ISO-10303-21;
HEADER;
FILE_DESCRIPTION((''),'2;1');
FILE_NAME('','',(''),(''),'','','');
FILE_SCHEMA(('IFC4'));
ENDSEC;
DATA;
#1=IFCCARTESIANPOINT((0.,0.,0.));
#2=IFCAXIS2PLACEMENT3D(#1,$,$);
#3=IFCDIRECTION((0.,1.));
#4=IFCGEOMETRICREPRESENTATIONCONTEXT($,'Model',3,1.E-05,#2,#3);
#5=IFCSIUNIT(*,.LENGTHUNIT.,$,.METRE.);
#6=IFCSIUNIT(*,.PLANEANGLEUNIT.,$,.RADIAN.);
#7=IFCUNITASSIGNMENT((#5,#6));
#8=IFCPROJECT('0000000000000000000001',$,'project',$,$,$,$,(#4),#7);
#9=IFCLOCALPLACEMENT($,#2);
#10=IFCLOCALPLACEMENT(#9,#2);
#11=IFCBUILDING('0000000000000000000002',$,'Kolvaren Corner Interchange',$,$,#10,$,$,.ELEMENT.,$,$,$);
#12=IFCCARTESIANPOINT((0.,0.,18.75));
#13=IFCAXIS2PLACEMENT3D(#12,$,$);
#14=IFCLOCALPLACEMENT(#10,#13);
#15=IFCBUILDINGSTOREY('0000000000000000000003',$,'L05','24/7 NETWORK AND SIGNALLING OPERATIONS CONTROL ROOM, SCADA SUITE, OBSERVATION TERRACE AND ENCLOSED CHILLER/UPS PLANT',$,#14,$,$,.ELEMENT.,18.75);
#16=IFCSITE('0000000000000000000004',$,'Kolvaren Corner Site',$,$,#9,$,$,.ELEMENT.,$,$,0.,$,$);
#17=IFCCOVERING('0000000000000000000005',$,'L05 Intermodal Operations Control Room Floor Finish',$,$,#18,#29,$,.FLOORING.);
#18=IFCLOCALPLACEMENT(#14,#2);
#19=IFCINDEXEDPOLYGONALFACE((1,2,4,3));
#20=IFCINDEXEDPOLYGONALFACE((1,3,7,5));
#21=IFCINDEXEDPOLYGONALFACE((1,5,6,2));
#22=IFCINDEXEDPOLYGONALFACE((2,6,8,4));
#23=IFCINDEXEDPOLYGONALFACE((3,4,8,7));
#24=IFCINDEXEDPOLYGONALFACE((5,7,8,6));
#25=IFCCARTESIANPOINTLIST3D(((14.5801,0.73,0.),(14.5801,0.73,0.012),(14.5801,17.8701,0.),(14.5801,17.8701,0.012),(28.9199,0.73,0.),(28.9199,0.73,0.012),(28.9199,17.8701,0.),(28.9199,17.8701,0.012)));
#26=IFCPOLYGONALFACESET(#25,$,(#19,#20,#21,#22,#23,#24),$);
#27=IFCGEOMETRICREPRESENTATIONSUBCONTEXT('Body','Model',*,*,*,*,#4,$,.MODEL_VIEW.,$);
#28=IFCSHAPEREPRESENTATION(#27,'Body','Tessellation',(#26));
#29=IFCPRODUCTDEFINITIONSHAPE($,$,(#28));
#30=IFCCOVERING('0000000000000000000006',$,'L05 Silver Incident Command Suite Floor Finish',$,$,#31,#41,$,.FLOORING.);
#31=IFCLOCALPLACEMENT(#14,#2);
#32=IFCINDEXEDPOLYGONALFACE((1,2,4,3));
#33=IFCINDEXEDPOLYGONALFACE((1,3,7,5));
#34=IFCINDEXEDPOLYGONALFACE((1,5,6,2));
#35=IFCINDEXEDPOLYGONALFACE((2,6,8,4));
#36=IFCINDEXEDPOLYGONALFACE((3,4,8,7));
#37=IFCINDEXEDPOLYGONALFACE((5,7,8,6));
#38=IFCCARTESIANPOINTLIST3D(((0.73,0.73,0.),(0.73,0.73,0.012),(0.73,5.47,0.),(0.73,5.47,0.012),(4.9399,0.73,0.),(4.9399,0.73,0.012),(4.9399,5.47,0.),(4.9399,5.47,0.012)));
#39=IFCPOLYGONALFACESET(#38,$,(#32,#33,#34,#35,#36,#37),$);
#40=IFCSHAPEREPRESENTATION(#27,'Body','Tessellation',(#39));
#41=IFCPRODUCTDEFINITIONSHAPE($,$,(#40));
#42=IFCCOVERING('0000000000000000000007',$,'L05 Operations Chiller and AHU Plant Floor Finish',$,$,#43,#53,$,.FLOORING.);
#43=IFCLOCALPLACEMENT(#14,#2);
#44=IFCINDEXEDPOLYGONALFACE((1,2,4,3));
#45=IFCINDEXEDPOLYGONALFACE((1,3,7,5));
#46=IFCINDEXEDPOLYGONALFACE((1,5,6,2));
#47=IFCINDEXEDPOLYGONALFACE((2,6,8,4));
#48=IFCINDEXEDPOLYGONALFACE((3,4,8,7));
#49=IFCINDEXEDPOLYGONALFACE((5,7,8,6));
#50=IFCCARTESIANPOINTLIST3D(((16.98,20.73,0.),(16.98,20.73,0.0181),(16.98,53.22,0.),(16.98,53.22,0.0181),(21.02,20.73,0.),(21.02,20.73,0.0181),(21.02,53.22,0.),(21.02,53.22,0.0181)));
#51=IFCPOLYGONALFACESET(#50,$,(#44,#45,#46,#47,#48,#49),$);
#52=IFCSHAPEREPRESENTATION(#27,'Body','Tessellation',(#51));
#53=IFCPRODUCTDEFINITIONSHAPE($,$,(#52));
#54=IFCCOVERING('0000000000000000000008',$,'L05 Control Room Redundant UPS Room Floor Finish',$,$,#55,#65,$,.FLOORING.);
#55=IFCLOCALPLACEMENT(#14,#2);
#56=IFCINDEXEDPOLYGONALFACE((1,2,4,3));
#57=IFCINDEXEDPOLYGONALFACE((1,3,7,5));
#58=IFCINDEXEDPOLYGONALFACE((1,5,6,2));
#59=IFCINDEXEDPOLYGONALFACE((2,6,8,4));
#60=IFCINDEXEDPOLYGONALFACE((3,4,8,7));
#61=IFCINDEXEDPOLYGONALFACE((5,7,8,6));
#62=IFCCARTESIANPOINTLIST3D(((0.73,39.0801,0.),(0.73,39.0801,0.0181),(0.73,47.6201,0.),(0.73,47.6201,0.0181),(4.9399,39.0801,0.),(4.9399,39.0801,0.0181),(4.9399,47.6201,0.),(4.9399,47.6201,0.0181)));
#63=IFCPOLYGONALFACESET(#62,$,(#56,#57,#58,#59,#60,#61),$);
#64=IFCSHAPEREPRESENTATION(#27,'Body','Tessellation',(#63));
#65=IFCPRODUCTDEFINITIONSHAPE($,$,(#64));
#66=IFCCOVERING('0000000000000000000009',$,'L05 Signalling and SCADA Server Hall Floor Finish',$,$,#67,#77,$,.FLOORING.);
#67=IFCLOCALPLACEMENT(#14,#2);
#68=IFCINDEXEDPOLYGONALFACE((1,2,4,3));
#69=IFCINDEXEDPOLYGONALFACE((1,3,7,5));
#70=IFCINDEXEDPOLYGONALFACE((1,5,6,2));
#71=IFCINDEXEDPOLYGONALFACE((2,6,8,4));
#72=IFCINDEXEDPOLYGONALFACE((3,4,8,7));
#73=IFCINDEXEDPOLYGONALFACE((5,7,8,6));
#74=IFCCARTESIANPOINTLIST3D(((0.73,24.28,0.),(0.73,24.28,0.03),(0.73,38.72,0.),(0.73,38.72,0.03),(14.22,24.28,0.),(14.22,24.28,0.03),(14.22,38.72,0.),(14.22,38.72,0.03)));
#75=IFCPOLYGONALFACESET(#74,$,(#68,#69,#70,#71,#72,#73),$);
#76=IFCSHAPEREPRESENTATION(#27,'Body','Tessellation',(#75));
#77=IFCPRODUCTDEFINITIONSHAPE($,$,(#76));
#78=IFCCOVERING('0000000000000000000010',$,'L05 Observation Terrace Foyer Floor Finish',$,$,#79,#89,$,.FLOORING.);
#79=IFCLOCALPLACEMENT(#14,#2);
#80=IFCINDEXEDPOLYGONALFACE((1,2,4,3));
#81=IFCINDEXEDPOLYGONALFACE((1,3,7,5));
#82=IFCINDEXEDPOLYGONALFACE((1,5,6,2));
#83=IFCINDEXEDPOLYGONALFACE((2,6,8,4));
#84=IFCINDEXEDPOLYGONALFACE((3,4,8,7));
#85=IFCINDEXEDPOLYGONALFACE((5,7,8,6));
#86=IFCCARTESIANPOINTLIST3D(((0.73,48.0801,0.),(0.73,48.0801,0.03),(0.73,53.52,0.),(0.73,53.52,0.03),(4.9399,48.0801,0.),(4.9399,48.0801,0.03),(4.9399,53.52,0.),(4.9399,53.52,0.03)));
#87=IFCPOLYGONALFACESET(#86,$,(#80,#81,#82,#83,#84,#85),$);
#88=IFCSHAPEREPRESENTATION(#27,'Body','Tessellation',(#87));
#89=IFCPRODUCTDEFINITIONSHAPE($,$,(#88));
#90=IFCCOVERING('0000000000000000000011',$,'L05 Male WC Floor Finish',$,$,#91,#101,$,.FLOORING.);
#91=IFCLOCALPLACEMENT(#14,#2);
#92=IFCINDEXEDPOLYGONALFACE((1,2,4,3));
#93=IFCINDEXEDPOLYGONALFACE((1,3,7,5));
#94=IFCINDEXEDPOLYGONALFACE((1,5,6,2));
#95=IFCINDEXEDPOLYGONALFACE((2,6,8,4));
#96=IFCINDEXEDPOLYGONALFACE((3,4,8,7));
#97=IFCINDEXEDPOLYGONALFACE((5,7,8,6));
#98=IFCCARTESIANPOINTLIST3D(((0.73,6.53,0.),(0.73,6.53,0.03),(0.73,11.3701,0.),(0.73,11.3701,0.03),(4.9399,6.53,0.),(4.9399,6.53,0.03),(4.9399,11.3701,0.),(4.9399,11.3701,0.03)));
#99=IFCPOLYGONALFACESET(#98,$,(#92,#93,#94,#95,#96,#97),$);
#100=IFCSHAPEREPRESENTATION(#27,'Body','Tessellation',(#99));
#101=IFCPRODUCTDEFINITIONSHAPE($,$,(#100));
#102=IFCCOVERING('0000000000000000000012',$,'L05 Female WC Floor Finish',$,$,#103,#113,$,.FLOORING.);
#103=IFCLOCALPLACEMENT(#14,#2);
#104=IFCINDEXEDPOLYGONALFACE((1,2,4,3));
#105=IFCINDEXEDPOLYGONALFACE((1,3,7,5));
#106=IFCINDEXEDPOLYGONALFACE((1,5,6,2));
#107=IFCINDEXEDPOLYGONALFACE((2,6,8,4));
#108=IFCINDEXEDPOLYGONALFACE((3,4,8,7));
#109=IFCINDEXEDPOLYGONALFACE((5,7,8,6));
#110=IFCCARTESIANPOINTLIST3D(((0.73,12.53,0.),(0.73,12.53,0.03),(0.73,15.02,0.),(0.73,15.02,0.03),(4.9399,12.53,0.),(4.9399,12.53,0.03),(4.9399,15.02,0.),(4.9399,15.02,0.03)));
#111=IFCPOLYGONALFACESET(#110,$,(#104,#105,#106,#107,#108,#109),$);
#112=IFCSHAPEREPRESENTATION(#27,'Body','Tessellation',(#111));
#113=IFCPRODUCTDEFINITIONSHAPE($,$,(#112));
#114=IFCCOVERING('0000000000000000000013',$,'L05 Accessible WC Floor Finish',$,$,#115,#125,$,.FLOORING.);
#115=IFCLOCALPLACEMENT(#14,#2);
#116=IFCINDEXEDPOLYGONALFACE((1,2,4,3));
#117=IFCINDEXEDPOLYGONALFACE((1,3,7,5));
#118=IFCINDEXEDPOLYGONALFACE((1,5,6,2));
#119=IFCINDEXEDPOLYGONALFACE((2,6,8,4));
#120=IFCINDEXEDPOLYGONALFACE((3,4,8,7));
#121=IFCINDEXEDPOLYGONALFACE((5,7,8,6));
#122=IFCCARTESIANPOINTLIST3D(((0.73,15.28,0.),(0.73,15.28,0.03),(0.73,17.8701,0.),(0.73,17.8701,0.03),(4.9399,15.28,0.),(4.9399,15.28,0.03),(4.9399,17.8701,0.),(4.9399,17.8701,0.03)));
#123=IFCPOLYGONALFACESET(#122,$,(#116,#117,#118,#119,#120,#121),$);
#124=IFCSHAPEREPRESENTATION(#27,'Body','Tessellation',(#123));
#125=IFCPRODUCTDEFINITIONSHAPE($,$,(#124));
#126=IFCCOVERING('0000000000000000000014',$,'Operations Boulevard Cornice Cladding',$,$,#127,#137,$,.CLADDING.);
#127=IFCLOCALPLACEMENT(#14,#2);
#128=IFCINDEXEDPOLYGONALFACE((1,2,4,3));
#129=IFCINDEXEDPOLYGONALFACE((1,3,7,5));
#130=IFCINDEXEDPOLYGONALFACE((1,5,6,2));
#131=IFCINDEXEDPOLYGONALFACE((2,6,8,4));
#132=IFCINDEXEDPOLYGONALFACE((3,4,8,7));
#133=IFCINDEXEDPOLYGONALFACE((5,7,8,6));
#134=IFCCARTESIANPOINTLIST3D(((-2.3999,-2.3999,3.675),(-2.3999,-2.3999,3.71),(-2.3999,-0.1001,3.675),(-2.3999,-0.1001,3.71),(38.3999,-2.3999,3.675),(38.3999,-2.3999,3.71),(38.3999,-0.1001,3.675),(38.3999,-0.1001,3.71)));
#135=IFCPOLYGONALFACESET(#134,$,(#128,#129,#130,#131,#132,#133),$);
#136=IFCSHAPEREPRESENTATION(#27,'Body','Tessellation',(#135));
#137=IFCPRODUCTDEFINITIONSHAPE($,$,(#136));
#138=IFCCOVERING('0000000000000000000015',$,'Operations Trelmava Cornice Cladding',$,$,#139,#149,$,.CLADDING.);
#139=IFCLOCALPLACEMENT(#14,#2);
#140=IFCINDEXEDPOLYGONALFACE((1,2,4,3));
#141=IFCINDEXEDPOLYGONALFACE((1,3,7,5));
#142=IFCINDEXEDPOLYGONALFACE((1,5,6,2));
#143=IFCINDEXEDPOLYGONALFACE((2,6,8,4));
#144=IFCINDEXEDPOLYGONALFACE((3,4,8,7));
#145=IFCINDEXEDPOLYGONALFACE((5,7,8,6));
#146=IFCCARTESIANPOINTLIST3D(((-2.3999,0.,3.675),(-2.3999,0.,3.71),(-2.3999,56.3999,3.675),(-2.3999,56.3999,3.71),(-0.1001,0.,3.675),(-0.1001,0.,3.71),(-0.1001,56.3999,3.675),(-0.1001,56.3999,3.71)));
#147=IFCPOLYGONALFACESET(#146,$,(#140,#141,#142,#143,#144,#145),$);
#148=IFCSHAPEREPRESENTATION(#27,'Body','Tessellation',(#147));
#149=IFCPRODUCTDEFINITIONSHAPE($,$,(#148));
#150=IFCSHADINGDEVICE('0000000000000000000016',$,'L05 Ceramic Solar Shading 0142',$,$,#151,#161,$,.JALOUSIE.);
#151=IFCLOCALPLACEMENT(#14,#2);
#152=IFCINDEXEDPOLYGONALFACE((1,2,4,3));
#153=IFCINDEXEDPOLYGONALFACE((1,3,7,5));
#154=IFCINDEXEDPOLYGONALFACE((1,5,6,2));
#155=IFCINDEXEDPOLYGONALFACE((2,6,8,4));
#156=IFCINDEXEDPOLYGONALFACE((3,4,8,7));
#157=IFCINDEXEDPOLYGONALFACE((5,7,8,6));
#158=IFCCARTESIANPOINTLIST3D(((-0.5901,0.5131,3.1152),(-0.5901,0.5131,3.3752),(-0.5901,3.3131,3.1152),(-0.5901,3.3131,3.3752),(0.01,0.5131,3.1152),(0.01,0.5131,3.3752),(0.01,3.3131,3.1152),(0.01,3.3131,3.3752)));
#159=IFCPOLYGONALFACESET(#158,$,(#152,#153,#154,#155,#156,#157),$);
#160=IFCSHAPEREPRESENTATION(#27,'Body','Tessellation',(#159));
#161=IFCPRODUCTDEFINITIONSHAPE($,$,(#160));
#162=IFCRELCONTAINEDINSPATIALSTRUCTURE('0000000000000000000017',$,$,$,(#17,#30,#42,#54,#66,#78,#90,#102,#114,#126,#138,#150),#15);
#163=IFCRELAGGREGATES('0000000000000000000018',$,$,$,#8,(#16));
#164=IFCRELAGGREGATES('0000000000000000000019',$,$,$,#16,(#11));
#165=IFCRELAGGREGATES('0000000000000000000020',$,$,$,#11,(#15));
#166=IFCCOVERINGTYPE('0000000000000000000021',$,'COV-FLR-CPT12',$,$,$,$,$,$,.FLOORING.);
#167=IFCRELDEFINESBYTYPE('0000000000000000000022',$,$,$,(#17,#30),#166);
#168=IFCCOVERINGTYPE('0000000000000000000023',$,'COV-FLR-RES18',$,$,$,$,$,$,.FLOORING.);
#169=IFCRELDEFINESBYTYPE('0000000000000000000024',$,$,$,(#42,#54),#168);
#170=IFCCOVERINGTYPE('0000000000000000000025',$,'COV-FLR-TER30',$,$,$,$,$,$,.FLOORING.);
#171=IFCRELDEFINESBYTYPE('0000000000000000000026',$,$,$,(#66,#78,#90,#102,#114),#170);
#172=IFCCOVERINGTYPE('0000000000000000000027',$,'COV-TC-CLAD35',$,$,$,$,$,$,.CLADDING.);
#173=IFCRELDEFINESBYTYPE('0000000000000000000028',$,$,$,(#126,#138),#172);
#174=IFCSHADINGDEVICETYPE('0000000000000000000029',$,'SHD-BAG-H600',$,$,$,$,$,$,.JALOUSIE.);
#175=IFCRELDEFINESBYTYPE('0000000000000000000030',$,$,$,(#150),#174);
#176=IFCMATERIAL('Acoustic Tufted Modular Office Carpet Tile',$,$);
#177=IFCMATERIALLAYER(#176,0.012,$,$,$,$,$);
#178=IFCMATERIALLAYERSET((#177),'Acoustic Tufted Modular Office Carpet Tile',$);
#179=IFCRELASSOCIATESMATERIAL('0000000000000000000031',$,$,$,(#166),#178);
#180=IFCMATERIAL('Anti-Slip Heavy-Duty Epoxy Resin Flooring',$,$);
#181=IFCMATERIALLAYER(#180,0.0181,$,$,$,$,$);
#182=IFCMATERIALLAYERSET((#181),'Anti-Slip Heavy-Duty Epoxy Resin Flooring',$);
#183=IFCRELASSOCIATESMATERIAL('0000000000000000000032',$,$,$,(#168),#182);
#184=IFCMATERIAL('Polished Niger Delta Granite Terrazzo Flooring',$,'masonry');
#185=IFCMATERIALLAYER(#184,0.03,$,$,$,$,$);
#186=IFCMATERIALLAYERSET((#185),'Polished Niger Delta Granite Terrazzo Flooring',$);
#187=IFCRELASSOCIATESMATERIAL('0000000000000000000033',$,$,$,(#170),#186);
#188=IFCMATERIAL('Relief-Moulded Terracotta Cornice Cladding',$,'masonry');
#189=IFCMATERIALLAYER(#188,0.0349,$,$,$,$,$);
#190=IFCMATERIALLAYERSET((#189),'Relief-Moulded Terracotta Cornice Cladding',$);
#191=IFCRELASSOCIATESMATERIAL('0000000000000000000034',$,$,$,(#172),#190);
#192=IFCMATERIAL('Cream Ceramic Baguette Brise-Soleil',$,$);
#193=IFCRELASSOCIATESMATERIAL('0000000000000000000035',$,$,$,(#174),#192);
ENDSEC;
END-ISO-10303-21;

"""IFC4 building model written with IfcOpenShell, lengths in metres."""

from ifc_helpers import new_model, si_unit, direction, frame, origin, origin_2d, place, context, subcontext, project, spatial, polyline, rectangle, outline, extrude, material, layer, layer_set, type_object, element, save


model = new_model("IFC4")

# Units and contexts
model_context = context("Model", 3, precision=1e-05, world=origin(), true_north=direction((0.0, 1.0)))
body_context = subcontext(model_context, "Body", "Model", "MODEL_VIEW")
ifc_project = project(units=[si_unit("LENGTHUNIT", "METRE"), si_unit("PLANEANGLEUNIT", "RADIAN")], contexts=[model_context])

# Site, building, storey
site_placement = place(None, origin())
site = spatial("IfcSite", under=ifc_project, at=site_placement, Name="Kolvaren Corner Site", CompositionType="ELEMENT", RefElevation=0.0)
building_placement = place(site_placement, origin())
building = spatial("IfcBuilding", under=site, at=building_placement, Name="Kolvaren Corner Interchange", CompositionType="ELEMENT")
storey_placement = place(building_placement, frame((0.0, 0.0, 18.75)))
storey = spatial("IfcBuildingStorey", under=building, at=storey_placement, Name="L05", Description="24/7 NETWORK AND SIGNALLING OPERATIONS CONTROL ROOM, SCADA SUITE, OBSERVATION TERRACE AND ENCLOSED CHILLER/UPS PLANT", CompositionType="ELEMENT", Elevation=18.75)

# Coverings
ifc_material_1 = material(Name="Acoustic Tufted Modular Office Carpet Tile")
ifc_layer_1 = layer(ifc_material_1, 0.012)
ifc_layer_set_1 = layer_set([ifc_layer_1], Name="Acoustic Tufted Modular Office Carpet Tile")
covering_type_1 = type_object("IfcCoveringType", Name="COV-FLR-CPT12", PredefinedType="FLOORING", material=ifc_layer_set_1)
covering_1_placement = place(storey_placement, origin())
element("IfcCovering", 1, at=covering_1_placement, inside=storey, type_object=covering_type_1, Name="L05 Intermodal Operations Control Room Floor Finish", PredefinedType="FLOORING", context=body_context, shape_type="SweptSolid", body=[
    extrude(outline(polyline([(14.5801, 0.73), (28.9199, 0.73), (28.9199, 17.8701), (14.5801, 17.8701), (14.5801, 0.73)])), origin(), (0.0, 0.0, 1.0), 0.012),
])
covering_2_placement = place(storey_placement, origin())
element("IfcCovering", 2, at=covering_2_placement, inside=storey, type_object=covering_type_1, Name="L05 Silver Incident Command Suite Floor Finish", PredefinedType="FLOORING", context=body_context, shape_type="SweptSolid", body=[
    extrude(outline(polyline([(0.73, 0.73), (4.9399, 0.73), (4.9399, 5.47), (0.73, 5.47), (0.73, 0.73)])), origin(), (0.0, 0.0, 1.0), 0.012),
])
ifc_material_2 = material(Name="Anti-Slip Heavy-Duty Epoxy Resin Flooring")
ifc_layer_2 = layer(ifc_material_2, 0.0181)
ifc_layer_set_2 = layer_set([ifc_layer_2], Name="Anti-Slip Heavy-Duty Epoxy Resin Flooring")
covering_type_2 = type_object("IfcCoveringType", Name="COV-FLR-RES18", PredefinedType="FLOORING", material=ifc_layer_set_2)
covering_3_placement = place(storey_placement, origin())
element("IfcCovering", 3, at=covering_3_placement, inside=storey, type_object=covering_type_2, Name="L05 Operations Chiller and AHU Plant Floor Finish", PredefinedType="FLOORING", context=body_context, shape_type="SweptSolid", body=[
    extrude(outline(polyline([(16.98, 20.73), (21.02, 20.73), (21.02, 53.22), (16.98, 53.22), (16.98, 20.73)])), origin(), (0.0, 0.0, 1.0), 0.0181),
])
covering_4_placement = place(storey_placement, origin())
element("IfcCovering", 4, at=covering_4_placement, inside=storey, type_object=covering_type_2, Name="L05 Control Room Redundant UPS Room Floor Finish", PredefinedType="FLOORING", context=body_context, shape_type="SweptSolid", body=[
    extrude(outline(polyline([(0.73, 39.0801), (4.9399, 39.0801), (4.9399, 47.6201), (0.73, 47.6201), (0.73, 39.0801)])), origin(), (0.0, 0.0, 1.0), 0.0181),
])
ifc_material_3 = material(Name="Polished Niger Delta Granite Terrazzo Flooring", Category="masonry")
ifc_layer_3 = layer(ifc_material_3, 0.03)
ifc_layer_set_3 = layer_set([ifc_layer_3], Name="Polished Niger Delta Granite Terrazzo Flooring")
covering_type_3 = type_object("IfcCoveringType", Name="COV-FLR-TER30", PredefinedType="FLOORING", material=ifc_layer_set_3)
covering_5_placement = place(storey_placement, origin())
element("IfcCovering", 5, at=covering_5_placement, inside=storey, type_object=covering_type_3, Name="L05 Signalling and SCADA Server Hall Floor Finish", PredefinedType="FLOORING", context=body_context, shape_type="SweptSolid", body=[
    extrude(outline(polyline([(0.73, 24.28), (14.22, 24.28), (14.22, 38.72), (0.73, 38.72), (0.73, 24.28)])), origin(), (0.0, 0.0, 1.0), 0.03),
])
covering_6_placement = place(storey_placement, origin())
element("IfcCovering", 6, at=covering_6_placement, inside=storey, type_object=covering_type_3, Name="L05 Observation Terrace Foyer Floor Finish", PredefinedType="FLOORING", context=body_context, shape_type="SweptSolid", body=[
    extrude(outline(polyline([(0.73, 48.0801), (4.9399, 48.0801), (4.9399, 53.52), (0.73, 53.52), (0.73, 48.0801)])), origin(), (0.0, 0.0, 1.0), 0.03),
])
covering_7_placement = place(storey_placement, origin())
element("IfcCovering", 7, at=covering_7_placement, inside=storey, type_object=covering_type_3, Name="L05 Male WC Floor Finish", PredefinedType="FLOORING", context=body_context, shape_type="SweptSolid", body=[
    extrude(outline(polyline([(0.73, 6.53), (4.9399, 6.53), (4.9399, 11.3701), (0.73, 11.3701), (0.73, 6.53)])), origin(), (0.0, 0.0, 1.0), 0.03),
])
covering_8_placement = place(storey_placement, origin())
element("IfcCovering", 8, at=covering_8_placement, inside=storey, type_object=covering_type_3, Name="L05 Female WC Floor Finish", PredefinedType="FLOORING", context=body_context, shape_type="SweptSolid", body=[
    extrude(outline(polyline([(0.73, 12.53), (4.9399, 12.53), (4.9399, 15.02), (0.73, 15.02), (0.73, 12.53)])), origin(), (0.0, 0.0, 1.0), 0.03),
])
covering_9_placement = place(storey_placement, origin())
element("IfcCovering", 9, at=covering_9_placement, inside=storey, type_object=covering_type_3, Name="L05 Accessible WC Floor Finish", PredefinedType="FLOORING", context=body_context, shape_type="SweptSolid", body=[
    extrude(outline(polyline([(0.73, 15.28), (4.9399, 15.28), (4.9399, 17.8701), (0.73, 17.8701), (0.73, 15.28)])), origin(), (0.0, 0.0, 1.0), 0.03),
])
ifc_material_4 = material(Name="Relief-Moulded Terracotta Cornice Cladding", Category="masonry")
ifc_layer_4 = layer(ifc_material_4, 0.0349)
ifc_layer_set_4 = layer_set([ifc_layer_4], Name="Relief-Moulded Terracotta Cornice Cladding")
covering_type_4 = type_object("IfcCoveringType", Name="COV-TC-CLAD35", PredefinedType="CLADDING", material=ifc_layer_set_4)
covering_10_placement = place(storey_placement, frame((0.0, 0.0, 3.675)))
element("IfcCovering", 10, at=covering_10_placement, inside=storey, type_object=covering_type_4, Name="Operations Boulevard Cornice Cladding", PredefinedType="CLADDING", context=body_context, shape_type="SweptSolid", body=[
    extrude(outline(polyline([(-2.3999, -2.3999), (38.3999, -2.3999), (38.3999, -0.1001), (-2.3999, -0.1001), (-2.3999, -2.3999)])), origin(), (0.0, 0.0, 1.0), 0.0349),
])
covering_11_placement = place(storey_placement, frame((0.0, 0.0, 3.675)))
element("IfcCovering", 11, at=covering_11_placement, inside=storey, type_object=covering_type_4, Name="Operations Trelmava Cornice Cladding", PredefinedType="CLADDING", context=body_context, shape_type="SweptSolid", body=[
    extrude(outline(polyline([(-2.3999, 0.0), (-0.1001, 0.0), (-0.1001, 56.3999), (-2.3999, 56.3999), (-2.3999, 0.0)])), origin(), (0.0, 0.0, 1.0), 0.0349),
])

# Shading device
ifc_material_5 = material(Name="Cream Ceramic Baguette Brise-Soleil")
shading_device_type = type_object("IfcShadingDeviceType", Name="SHD-BAG-H600", PredefinedType="JALOUSIE", material=ifc_material_5)
shading_device_placement = place(storey_placement, frame((-0.29, 1.9131, 3.1152), z_axis=(0.0, 0.0, 1.0), x_axis=(0.0, -1.0, 0.0)))
element("IfcShadingDevice", 12, at=shading_device_placement, inside=storey, type_object=shading_device_type, Name="L05 Ceramic Solar Shading 0142", PredefinedType="JALOUSIE", context=body_context, shape_type="SweptSolid", body=[
    extrude(rectangle(XDim=2.8, YDim=0.6001, at=origin_2d()), origin(), (0.0, 0.0, 1.0), 0.26),
])

save(model, "model.ifc")
